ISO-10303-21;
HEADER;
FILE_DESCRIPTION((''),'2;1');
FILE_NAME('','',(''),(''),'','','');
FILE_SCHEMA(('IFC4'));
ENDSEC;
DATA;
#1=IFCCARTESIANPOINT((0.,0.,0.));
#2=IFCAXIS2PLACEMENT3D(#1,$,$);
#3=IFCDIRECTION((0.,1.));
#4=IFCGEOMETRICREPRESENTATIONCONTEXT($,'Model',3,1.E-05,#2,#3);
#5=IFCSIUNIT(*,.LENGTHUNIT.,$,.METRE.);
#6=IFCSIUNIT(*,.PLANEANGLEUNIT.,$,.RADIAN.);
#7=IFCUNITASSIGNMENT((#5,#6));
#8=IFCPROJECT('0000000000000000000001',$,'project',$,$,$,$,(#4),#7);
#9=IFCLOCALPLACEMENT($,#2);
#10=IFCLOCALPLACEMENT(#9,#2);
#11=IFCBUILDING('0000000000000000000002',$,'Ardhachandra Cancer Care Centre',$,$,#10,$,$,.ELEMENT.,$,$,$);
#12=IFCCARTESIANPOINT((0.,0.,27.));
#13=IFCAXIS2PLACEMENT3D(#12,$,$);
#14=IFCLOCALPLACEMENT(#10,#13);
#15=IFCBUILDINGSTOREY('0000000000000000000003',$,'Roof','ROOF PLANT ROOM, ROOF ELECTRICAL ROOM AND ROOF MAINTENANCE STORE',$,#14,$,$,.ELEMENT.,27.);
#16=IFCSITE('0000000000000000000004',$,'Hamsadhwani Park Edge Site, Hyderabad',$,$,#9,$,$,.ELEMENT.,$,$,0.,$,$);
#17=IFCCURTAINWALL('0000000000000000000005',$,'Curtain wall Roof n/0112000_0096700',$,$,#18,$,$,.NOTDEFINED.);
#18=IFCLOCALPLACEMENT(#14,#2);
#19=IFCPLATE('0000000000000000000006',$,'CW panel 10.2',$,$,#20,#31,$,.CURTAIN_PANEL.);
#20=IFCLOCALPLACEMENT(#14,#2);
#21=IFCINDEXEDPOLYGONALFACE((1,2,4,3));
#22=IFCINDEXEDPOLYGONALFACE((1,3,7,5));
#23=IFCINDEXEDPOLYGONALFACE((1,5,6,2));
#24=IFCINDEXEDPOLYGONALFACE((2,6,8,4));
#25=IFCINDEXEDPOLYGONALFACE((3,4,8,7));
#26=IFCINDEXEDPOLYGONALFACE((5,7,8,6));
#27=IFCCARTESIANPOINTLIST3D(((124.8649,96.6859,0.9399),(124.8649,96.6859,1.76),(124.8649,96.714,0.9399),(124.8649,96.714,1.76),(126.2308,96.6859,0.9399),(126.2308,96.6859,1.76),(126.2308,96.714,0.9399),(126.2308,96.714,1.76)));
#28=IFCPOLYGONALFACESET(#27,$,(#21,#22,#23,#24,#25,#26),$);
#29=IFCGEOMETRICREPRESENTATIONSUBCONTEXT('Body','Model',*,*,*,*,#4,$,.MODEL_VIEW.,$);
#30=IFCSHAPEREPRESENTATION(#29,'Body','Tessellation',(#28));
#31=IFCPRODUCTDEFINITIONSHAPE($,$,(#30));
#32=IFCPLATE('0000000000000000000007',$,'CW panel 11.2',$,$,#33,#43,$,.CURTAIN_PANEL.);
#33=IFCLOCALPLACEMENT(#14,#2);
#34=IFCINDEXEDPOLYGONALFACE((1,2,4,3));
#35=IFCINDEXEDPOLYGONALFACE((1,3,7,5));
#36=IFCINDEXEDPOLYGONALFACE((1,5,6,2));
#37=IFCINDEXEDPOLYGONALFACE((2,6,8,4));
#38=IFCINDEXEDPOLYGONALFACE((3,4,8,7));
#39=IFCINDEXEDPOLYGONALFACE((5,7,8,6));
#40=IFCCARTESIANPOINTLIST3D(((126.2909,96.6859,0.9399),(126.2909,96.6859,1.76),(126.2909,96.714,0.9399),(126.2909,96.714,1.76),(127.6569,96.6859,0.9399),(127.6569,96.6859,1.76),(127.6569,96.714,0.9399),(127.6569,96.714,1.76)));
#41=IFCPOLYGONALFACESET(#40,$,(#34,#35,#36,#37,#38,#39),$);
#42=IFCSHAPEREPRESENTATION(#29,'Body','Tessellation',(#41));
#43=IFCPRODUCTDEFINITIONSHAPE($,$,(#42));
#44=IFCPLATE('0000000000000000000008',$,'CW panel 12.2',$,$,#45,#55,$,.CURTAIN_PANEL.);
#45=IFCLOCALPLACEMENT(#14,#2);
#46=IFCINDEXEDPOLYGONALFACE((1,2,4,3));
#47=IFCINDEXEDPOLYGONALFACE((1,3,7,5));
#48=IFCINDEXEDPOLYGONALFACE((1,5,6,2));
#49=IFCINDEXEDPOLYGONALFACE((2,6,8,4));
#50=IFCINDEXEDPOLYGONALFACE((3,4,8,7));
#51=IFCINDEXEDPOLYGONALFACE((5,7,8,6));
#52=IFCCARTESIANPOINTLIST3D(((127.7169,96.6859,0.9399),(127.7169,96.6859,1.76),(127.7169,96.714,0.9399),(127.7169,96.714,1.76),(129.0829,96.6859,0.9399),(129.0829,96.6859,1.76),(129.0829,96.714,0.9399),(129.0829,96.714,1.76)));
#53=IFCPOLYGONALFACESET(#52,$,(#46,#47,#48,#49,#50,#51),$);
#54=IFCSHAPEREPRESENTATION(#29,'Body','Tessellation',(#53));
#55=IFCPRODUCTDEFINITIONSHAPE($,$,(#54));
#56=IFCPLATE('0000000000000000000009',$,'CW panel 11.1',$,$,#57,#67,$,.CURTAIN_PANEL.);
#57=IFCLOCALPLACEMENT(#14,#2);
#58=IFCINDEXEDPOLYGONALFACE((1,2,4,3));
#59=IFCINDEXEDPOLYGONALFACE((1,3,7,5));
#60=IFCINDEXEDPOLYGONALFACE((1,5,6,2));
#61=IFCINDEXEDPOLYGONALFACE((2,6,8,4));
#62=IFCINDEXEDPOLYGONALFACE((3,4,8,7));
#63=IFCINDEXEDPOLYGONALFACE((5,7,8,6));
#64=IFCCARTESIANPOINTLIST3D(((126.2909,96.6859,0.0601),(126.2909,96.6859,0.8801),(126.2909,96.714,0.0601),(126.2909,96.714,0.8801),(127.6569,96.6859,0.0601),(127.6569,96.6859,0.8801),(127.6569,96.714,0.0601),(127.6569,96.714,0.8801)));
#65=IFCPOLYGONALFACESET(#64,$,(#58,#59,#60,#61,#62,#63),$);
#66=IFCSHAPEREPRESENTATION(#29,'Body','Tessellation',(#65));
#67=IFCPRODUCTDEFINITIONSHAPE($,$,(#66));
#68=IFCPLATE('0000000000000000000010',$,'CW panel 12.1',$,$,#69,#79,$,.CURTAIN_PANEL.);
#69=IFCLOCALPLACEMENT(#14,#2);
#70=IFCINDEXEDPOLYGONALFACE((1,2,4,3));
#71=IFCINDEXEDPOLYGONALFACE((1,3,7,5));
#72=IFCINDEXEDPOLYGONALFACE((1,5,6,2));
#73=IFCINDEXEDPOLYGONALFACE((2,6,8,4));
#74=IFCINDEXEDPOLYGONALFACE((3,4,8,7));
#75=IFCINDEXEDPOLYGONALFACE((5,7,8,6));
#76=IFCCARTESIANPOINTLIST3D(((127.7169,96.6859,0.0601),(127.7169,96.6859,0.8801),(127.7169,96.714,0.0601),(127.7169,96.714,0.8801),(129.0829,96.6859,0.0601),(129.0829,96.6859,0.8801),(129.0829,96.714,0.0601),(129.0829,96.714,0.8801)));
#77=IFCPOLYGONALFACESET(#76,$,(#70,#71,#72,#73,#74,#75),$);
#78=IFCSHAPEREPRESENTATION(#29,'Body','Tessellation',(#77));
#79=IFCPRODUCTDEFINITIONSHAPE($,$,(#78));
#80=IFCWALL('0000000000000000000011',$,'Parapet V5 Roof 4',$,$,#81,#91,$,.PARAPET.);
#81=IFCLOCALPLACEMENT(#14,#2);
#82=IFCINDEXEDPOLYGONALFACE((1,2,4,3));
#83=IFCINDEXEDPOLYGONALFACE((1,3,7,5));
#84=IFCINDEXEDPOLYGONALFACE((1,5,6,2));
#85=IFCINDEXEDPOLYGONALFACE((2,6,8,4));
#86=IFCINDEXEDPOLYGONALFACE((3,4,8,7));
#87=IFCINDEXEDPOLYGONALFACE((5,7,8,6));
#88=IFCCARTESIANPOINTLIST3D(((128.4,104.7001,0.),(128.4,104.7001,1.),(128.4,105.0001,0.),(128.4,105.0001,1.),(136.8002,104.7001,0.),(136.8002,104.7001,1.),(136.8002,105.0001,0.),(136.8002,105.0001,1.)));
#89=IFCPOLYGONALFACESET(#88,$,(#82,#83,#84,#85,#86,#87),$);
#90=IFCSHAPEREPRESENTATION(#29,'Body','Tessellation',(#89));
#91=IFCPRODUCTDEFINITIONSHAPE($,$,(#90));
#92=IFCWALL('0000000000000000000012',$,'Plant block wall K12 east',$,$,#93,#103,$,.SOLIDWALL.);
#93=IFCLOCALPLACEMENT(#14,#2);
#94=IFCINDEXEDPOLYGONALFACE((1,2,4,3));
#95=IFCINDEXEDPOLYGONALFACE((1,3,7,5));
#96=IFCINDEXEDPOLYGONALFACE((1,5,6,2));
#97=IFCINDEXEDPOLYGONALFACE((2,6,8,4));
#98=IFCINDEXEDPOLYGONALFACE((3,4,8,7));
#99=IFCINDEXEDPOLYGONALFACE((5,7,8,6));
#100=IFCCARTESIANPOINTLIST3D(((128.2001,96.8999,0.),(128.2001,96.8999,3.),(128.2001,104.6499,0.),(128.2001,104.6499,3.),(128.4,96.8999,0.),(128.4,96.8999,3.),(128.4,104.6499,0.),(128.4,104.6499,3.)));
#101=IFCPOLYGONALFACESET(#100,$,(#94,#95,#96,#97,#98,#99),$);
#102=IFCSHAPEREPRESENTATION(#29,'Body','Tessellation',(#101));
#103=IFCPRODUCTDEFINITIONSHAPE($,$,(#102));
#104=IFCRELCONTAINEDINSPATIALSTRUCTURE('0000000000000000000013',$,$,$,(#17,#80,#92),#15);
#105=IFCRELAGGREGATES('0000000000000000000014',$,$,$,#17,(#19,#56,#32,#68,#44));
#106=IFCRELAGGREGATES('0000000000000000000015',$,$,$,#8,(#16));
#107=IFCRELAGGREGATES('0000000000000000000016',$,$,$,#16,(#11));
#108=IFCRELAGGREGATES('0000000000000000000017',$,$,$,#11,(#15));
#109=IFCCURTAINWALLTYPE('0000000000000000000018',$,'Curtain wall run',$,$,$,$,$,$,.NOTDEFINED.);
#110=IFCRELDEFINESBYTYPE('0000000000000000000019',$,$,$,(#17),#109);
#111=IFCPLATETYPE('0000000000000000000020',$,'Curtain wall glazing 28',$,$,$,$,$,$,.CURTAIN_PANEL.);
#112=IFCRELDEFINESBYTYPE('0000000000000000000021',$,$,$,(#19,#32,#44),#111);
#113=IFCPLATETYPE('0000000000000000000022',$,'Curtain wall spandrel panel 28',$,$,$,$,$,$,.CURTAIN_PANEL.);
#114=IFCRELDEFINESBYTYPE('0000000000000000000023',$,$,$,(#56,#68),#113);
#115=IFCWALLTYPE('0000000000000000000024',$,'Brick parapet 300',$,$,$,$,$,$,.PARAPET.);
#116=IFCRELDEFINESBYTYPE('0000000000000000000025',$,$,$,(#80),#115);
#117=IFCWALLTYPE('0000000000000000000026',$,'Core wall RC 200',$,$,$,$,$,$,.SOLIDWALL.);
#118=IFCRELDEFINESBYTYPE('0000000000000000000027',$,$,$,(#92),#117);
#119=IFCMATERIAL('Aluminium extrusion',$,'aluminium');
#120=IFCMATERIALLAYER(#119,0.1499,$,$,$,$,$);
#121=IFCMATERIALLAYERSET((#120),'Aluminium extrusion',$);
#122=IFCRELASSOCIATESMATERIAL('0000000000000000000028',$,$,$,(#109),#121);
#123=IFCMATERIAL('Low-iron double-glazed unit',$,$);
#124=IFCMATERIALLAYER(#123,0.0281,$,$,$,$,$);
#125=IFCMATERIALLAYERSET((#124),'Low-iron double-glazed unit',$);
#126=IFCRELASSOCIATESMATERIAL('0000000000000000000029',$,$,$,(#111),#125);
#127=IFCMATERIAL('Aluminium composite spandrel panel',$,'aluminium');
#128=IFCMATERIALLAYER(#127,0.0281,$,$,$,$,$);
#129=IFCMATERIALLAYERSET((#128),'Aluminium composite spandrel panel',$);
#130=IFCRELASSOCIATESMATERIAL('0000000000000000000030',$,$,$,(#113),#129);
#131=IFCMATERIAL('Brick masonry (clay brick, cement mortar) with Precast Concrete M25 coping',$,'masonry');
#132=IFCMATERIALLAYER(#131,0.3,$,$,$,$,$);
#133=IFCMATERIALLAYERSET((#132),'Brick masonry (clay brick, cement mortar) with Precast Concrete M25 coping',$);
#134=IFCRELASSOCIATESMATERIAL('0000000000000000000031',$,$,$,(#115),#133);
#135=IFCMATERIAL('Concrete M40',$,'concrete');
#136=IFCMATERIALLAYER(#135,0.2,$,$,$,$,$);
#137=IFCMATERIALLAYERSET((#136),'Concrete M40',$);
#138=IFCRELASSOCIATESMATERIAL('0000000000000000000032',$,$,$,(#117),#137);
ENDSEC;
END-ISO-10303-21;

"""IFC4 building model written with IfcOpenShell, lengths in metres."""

from ifc_helpers import new_model, si_unit, direction, frame, frame_2d, origin, origin_2d, place, context, subcontext, project, spatial, rectangle, extrude, material, layer, layer_set, type_object, element, aggregate, save


model = new_model("IFC4")

# Units and contexts
model_context = context("Model", 3, precision=1e-05, world=origin(), true_north=direction((0.0, 1.0)))
body_context = subcontext(model_context, "Body", "Model", "MODEL_VIEW")
ifc_project = project(units=[si_unit("LENGTHUNIT", "METRE"), si_unit("PLANEANGLEUNIT", "RADIAN")], contexts=[model_context])

# Site, building, storey
site_placement = place(None, origin())
site = spatial("IfcSite", under=ifc_project, at=site_placement, Name="Hamsadhwani Park Edge Site, Hyderabad", CompositionType="ELEMENT", RefElevation=0.0)
building_placement = place(site_placement, origin())
building = spatial("IfcBuilding", under=site, at=building_placement, Name="Ardhachandra Cancer Care Centre", CompositionType="ELEMENT")
storey_placement = place(building_placement, frame((0.0, 0.0, 27.0)))
storey = spatial("IfcBuildingStorey", under=building, at=storey_placement, Name="Roof", Description="ROOF PLANT ROOM, ROOF ELECTRICAL ROOM AND ROOF MAINTENANCE STORE", CompositionType="ELEMENT", Elevation=27.0)

# Curtain wall
ifc_material_1 = material(Name="Aluminium extrusion", Category="aluminium")
ifc_layer_1 = layer(ifc_material_1, 0.1499)
ifc_layer_set_1 = layer_set([ifc_layer_1], Name="Aluminium extrusion")
curtain_wall_type = type_object("IfcCurtainWallType", Name="Curtain wall run", PredefinedType="NOTDEFINED", material=ifc_layer_set_1)
curtain_wall_placement = place(storey_placement, origin())
curtain_wall = element("IfcCurtainWall", 1, at=curtain_wall_placement, inside=storey, type_object=curtain_wall_type, Name="Curtain wall Roof n/0112000_0096700", PredefinedType="NOTDEFINED")

# Plates
ifc_material_2 = material(Name="Low-iron double-glazed unit")
ifc_layer_2 = layer(ifc_material_2, 0.0281)
ifc_layer_set_2 = layer_set([ifc_layer_2], Name="Low-iron double-glazed unit")
plate_type_1 = type_object("IfcPlateType", Name="Curtain wall glazing 28", PredefinedType="CURTAIN_PANEL", material=ifc_layer_set_2)
plate_1_placement = place(storey_placement, frame((125.5479, 96.7, 0.9399), z_axis=(0.0, 0.0, 1.0), x_axis=(1.0, 0.0, 0.0)))
plate_1 = element("IfcPlate", 2, at=plate_1_placement, type_object=plate_type_1, Name="CW panel 10.2", PredefinedType="CURTAIN_PANEL", context=body_context, shape_type="SweptSolid", body=[
    extrude(rectangle(XDim=1.366, YDim=0.0281, at=origin_2d()), origin(), (0.0, 0.0, 1.0), 0.8201),
])
plate_2_placement = place(storey_placement, frame((126.9739, 96.7, 0.9399), z_axis=(0.0, 0.0, 1.0), x_axis=(1.0, 0.0, 0.0)))
plate_2 = element("IfcPlate", 3, at=plate_2_placement, type_object=plate_type_1, Name="CW panel 11.2", PredefinedType="CURTAIN_PANEL", context=body_context, shape_type="SweptSolid", body=[
    extrude(rectangle(XDim=1.366, YDim=0.0281, at=origin_2d()), origin(), (0.0, 0.0, 1.0), 0.8201),
])
plate_3_placement = place(storey_placement, frame((128.3999, 96.7, 0.9399), z_axis=(0.0, 0.0, 1.0), x_axis=(1.0, 0.0, 0.0)))
plate_3 = element("IfcPlate", 4, at=plate_3_placement, type_object=plate_type_1, Name="CW panel 12.2", PredefinedType="CURTAIN_PANEL", context=body_context, shape_type="SweptSolid", body=[
    extrude(rectangle(XDim=1.366, YDim=0.0281, at=origin_2d()), origin(), (0.0, 0.0, 1.0), 0.8201),
])
ifc_material_3 = material(Name="Aluminium composite spandrel panel", Category="aluminium")
ifc_layer_3 = layer(ifc_material_3, 0.0281)
ifc_layer_set_3 = layer_set([ifc_layer_3], Name="Aluminium composite spandrel panel")
plate_type_2 = type_object("IfcPlateType", Name="Curtain wall spandrel panel 28", PredefinedType="CURTAIN_PANEL", material=ifc_layer_set_3)
plate_4_placement = place(storey_placement, frame((126.9739, 96.7, 0.0601), z_axis=(0.0, 0.0, 1.0), x_axis=(1.0, 0.0, 0.0)))
plate_4 = element("IfcPlate", 5, at=plate_4_placement, type_object=plate_type_2, Name="CW panel 11.1", PredefinedType="CURTAIN_PANEL", context=body_context, shape_type="SweptSolid", body=[
    extrude(rectangle(XDim=1.366, YDim=0.0281, at=origin_2d()), origin(), (0.0, 0.0, 1.0), 0.8201),
])
plate_5_placement = place(storey_placement, frame((128.3999, 96.7, 0.0601), z_axis=(0.0, 0.0, 1.0), x_axis=(1.0, 0.0, 0.0)))
plate_5 = element("IfcPlate", 6, at=plate_5_placement, type_object=plate_type_2, Name="CW panel 12.1", PredefinedType="CURTAIN_PANEL", context=body_context, shape_type="SweptSolid", body=[
    extrude(rectangle(XDim=1.366, YDim=0.0281, at=origin_2d()), origin(), (0.0, 0.0, 1.0), 0.8201),
])
aggregate(curtain_wall, [plate_1, plate_4, plate_2, plate_5, plate_3])

# Walls
ifc_material_4 = material(Name="Brick masonry (clay brick, cement mortar) with Precast Concrete M25 coping", Category="masonry")
ifc_layer_4 = layer(ifc_material_4, 0.3)
ifc_layer_set_4 = layer_set([ifc_layer_4], Name="Brick masonry (clay brick, cement mortar) with Precast Concrete M25 coping")
wall_type_1 = type_object("IfcWallType", Name="Brick parapet 300", PredefinedType="PARAPET", material=ifc_layer_set_4)
wall_1_placement = place(storey_placement, frame((128.3999, 104.8501, 0.0), z_axis=(0.0, 0.0, 1.0), x_axis=(1.0, 0.0, 0.0)))
element("IfcWall", 7, at=wall_1_placement, inside=storey, type_object=wall_type_1, Name="Parapet V5 Roof 4", PredefinedType="PARAPET", context=body_context, shape_type="SweptSolid", body=[
    extrude(rectangle(XDim=8.4001, YDim=0.3, at=frame_2d((4.2002, 0.0))), origin(), (0.0, 0.0, 1.0), 1.0),
])
ifc_material_5 = material(Name="Concrete M40", Category="concrete")
ifc_layer_5 = layer(ifc_material_5, 0.2)
ifc_layer_set_5 = layer_set([ifc_layer_5], Name="Concrete M40")
wall_type_2 = type_object("IfcWallType", Name="Core wall RC 200", PredefinedType="SOLIDWALL", material=ifc_layer_set_5)
wall_2_placement = place(storey_placement, frame((128.3, 96.8999, 0.0), z_axis=(0.0, 0.0, 1.0), x_axis=(0.0, 1.0, 0.0)))
element("IfcWall", 8, at=wall_2_placement, inside=storey, type_object=wall_type_2, Name="Plant block wall K12 east", PredefinedType="SOLIDWALL", context=body_context, shape_type="SweptSolid", body=[
    extrude(rectangle(XDim=7.75, YDim=0.2, at=frame_2d((3.875, 0.0))), origin(), (0.0, 0.0, 1.0), 3.0),
])

save(model, "model.ifc")
